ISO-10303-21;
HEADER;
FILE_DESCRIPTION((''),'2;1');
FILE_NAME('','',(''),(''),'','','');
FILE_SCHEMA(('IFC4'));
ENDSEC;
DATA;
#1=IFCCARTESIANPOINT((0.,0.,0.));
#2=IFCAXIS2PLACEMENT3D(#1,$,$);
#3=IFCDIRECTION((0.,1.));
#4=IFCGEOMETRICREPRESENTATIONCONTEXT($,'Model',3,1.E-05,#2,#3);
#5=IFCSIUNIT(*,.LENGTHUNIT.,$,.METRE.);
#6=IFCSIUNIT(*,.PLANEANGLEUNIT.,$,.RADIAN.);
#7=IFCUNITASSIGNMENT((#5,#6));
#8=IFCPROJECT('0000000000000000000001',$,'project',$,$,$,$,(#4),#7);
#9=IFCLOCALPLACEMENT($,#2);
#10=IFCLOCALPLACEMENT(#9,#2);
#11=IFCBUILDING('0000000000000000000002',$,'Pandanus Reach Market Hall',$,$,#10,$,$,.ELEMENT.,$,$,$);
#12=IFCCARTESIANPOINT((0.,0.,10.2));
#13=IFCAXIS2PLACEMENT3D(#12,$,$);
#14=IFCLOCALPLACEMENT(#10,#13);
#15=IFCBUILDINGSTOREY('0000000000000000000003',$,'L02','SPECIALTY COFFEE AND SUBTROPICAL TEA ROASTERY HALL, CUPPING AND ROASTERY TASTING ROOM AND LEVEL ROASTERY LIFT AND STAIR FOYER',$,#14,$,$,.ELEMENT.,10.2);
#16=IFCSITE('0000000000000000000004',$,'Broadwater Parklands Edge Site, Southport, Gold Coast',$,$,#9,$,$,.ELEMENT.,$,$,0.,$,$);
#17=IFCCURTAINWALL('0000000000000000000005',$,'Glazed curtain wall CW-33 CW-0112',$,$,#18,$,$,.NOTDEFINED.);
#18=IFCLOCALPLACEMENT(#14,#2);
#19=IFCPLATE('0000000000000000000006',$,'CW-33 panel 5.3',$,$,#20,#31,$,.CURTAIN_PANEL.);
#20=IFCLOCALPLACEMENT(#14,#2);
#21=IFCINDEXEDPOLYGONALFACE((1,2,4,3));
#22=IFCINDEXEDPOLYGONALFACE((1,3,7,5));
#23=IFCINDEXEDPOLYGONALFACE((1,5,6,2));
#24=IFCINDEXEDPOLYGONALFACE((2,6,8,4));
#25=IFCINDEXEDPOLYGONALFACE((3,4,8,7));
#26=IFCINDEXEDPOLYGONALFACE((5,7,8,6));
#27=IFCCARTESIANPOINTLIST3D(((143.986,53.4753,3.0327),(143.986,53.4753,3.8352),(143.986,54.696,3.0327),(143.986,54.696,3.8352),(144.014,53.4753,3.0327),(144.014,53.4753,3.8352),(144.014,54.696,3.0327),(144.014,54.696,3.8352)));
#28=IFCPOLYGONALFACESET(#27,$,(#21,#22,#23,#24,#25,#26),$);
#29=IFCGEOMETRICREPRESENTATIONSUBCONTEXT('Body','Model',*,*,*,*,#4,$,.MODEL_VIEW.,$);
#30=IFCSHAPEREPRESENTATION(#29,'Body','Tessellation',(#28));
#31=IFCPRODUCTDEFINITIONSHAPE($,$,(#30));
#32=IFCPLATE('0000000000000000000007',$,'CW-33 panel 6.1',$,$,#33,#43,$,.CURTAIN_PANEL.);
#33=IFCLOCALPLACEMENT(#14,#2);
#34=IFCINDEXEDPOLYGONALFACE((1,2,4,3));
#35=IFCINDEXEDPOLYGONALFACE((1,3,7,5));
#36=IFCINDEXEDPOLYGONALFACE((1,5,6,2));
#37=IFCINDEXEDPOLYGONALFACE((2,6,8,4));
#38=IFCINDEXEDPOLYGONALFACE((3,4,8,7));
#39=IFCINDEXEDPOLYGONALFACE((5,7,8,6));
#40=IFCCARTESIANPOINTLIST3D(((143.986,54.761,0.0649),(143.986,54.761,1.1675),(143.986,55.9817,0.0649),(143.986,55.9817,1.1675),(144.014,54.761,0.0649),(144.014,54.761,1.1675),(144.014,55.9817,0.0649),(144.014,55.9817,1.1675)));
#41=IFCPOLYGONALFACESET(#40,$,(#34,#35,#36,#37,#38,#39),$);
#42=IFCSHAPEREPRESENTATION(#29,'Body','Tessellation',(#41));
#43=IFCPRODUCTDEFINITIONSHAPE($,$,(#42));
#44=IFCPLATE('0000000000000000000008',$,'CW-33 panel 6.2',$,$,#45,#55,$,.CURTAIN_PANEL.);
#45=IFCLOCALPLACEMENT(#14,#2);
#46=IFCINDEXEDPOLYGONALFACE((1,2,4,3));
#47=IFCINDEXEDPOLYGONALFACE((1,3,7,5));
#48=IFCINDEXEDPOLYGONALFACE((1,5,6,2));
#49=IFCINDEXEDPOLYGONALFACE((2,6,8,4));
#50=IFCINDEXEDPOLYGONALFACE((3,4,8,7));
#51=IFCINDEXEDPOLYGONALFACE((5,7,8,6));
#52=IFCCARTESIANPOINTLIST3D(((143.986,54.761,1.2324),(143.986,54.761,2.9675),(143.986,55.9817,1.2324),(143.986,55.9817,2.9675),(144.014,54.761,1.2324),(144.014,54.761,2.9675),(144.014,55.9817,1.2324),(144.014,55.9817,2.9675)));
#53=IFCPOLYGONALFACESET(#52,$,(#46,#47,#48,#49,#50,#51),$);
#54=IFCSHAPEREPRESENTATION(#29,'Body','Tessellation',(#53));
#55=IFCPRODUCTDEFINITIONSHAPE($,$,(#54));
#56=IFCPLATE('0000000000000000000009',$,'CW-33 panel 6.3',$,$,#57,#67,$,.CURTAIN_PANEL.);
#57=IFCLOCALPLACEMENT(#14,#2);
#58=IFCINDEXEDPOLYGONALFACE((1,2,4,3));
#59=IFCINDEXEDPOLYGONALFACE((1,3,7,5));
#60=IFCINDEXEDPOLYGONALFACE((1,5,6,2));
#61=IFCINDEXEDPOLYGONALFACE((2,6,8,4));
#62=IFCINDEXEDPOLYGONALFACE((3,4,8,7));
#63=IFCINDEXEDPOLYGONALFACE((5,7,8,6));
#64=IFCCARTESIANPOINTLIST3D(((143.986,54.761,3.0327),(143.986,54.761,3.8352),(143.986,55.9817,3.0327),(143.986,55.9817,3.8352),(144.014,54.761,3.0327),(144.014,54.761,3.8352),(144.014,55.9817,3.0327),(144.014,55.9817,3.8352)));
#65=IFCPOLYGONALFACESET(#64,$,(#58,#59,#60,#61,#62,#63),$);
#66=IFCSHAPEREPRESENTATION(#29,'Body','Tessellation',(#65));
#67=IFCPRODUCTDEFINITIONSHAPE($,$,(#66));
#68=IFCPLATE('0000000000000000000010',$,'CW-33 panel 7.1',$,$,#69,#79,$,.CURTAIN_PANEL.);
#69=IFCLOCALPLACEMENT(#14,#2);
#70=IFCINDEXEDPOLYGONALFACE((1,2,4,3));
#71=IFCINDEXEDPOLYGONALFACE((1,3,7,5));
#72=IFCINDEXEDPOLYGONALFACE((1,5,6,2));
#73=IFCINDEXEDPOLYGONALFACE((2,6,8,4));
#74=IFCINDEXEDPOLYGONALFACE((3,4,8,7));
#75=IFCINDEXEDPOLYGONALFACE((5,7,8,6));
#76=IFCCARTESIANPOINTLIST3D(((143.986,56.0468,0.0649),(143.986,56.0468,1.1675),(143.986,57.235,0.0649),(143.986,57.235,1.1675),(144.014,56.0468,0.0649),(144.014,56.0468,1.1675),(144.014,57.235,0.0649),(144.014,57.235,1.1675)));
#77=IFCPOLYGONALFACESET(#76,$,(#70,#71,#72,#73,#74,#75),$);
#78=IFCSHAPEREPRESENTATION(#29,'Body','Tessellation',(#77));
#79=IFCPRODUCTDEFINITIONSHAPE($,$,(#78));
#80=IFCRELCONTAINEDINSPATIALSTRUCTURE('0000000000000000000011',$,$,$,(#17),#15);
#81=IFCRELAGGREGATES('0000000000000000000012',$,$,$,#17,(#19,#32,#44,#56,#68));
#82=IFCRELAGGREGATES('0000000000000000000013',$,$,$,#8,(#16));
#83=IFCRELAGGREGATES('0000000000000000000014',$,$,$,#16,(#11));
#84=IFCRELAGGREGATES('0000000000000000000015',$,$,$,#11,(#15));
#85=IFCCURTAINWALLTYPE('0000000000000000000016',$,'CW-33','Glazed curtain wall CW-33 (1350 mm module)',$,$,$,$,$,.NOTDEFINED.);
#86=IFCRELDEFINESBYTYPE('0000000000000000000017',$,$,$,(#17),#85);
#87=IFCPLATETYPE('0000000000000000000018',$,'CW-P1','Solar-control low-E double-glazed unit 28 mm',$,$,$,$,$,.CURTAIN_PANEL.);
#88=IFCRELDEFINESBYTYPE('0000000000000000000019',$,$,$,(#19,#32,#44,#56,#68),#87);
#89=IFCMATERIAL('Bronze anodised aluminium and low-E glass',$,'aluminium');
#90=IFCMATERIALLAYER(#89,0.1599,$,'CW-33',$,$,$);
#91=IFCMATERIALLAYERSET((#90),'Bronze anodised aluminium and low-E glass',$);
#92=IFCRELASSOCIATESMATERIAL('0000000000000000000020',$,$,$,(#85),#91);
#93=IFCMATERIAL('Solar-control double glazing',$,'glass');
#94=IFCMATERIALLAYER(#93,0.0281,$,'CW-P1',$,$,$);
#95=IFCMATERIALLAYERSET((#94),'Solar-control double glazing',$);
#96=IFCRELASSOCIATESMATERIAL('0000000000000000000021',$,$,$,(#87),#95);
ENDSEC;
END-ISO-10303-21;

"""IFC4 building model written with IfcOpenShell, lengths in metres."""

from ifc_helpers import new_model, si_unit, direction, frame, origin, origin_2d, place, context, subcontext, project, spatial, rectangle, extrude, material, layer, layer_set, type_object, element, aggregate, save


model = new_model("IFC4")

# Units and contexts
model_context = context("Model", 3, precision=1e-05, world=origin(), true_north=direction((0.0, 1.0)))
body_context = subcontext(model_context, "Body", "Model", "MODEL_VIEW")
ifc_project = project(units=[si_unit("LENGTHUNIT", "METRE"), si_unit("PLANEANGLEUNIT", "RADIAN")], contexts=[model_context])

# Site, building, storey
site_placement = place(None, origin())
site = spatial("IfcSite", under=ifc_project, at=site_placement, Name="Broadwater Parklands Edge Site, Southport, Gold Coast", CompositionType="ELEMENT", RefElevation=0.0)
building_placement = place(site_placement, origin())
building = spatial("IfcBuilding", under=site, at=building_placement, Name="Pandanus Reach Market Hall", CompositionType="ELEMENT")
storey_placement = place(building_placement, frame((0.0, 0.0, 10.2)))
storey = spatial("IfcBuildingStorey", under=building, at=storey_placement, Name="L02", Description="SPECIALTY COFFEE AND SUBTROPICAL TEA ROASTERY HALL, CUPPING AND ROASTERY TASTING ROOM AND LEVEL ROASTERY LIFT AND STAIR FOYER", CompositionType="ELEMENT", Elevation=10.2)

# Curtain wall, plates
ifc_material_1 = material(Name="Bronze anodised aluminium and low-E glass", Category="aluminium")
ifc_layer_1 = layer(ifc_material_1, 0.1599, Name="CW-33")
ifc_layer_set_1 = layer_set([ifc_layer_1], Name="Bronze anodised aluminium and low-E glass")
curtain_wall_type = type_object("IfcCurtainWallType", Name="CW-33", Description="Glazed curtain wall CW-33 (1350 mm module)", PredefinedType="NOTDEFINED", material=ifc_layer_set_1)
curtain_wall_placement = place(storey_placement, origin())
curtain_wall = element("IfcCurtainWall", 1, at=curtain_wall_placement, inside=storey, type_object=curtain_wall_type, Name="Glazed curtain wall CW-33 CW-0112", PredefinedType="NOTDEFINED")
ifc_material_2 = material(Name="Solar-control double glazing", Category="glass")
ifc_layer_2 = layer(ifc_material_2, 0.0281, Name="CW-P1")
ifc_layer_set_2 = layer_set([ifc_layer_2], Name="Solar-control double glazing")
plate_type = type_object("IfcPlateType", Name="CW-P1", Description="Solar-control low-E double-glazed unit 28 mm", PredefinedType="CURTAIN_PANEL", material=ifc_layer_set_2)
plate_1_placement = place(storey_placement, frame((144.0, 54.0857, 3.0327), z_axis=(0.0, 0.0, 1.0), x_axis=(0.0, 1.0, 0.0)))
plate_1 = element("IfcPlate", 2, at=plate_1_placement, type_object=plate_type, Name="CW-33 panel 5.3", PredefinedType="CURTAIN_PANEL", context=body_context, shape_type="SweptSolid", body=[
    extrude(rectangle(XDim=1.2207, YDim=0.0281, at=origin_2d()), origin(), (0.0, 0.0, 1.0), 0.8025),
])
plate_2_placement = place(storey_placement, frame((144.0, 55.3713, 0.0649), z_axis=(0.0, 0.0, 1.0), x_axis=(0.0, 1.0, 0.0)))
plate_2 = element("IfcPlate", 3, at=plate_2_placement, type_object=plate_type, Name="CW-33 panel 6.1", PredefinedType="CURTAIN_PANEL", context=body_context, shape_type="SweptSolid", body=[
    extrude(rectangle(XDim=1.2207, YDim=0.0281, at=origin_2d()), origin(), (0.0, 0.0, 1.0), 1.1025),
])
plate_3_placement = place(storey_placement, frame((144.0, 55.3713, 1.2324), z_axis=(0.0, 0.0, 1.0), x_axis=(0.0, 1.0, 0.0)))
plate_3 = element("IfcPlate", 4, at=plate_3_placement, type_object=plate_type, Name="CW-33 panel 6.2", PredefinedType="CURTAIN_PANEL", context=body_context, shape_type="SweptSolid", body=[
    extrude(rectangle(XDim=1.2207, YDim=0.0281, at=origin_2d()), origin(), (0.0, 0.0, 1.0), 1.7351),
])
plate_4_placement = place(storey_placement, frame((144.0, 55.3713, 3.0327), z_axis=(0.0, 0.0, 1.0), x_axis=(0.0, 1.0, 0.0)))
plate_4 = element("IfcPlate", 5, at=plate_4_placement, type_object=plate_type, Name="CW-33 panel 6.3", PredefinedType="CURTAIN_PANEL", context=body_context, shape_type="SweptSolid", body=[
    extrude(rectangle(XDim=1.2207, YDim=0.0281, at=origin_2d()), origin(), (0.0, 0.0, 1.0), 0.8025),
])
plate_5_placement = place(storey_placement, frame((144.0, 56.6409, 0.0649), z_axis=(0.0, 0.0, 1.0), x_axis=(0.0, 1.0, 0.0)))
plate_5 = element("IfcPlate", 6, at=plate_5_placement, type_object=plate_type, Name="CW-33 panel 7.1", PredefinedType="CURTAIN_PANEL", context=body_context, shape_type="SweptSolid", body=[
    extrude(rectangle(XDim=1.1882, YDim=0.0281, at=origin_2d()), origin(), (0.0, 0.0, 1.0), 1.1025),
])
aggregate(curtain_wall, [plate_1, plate_2, plate_3, plate_4, plate_5])

save(model, "model.ifc")
